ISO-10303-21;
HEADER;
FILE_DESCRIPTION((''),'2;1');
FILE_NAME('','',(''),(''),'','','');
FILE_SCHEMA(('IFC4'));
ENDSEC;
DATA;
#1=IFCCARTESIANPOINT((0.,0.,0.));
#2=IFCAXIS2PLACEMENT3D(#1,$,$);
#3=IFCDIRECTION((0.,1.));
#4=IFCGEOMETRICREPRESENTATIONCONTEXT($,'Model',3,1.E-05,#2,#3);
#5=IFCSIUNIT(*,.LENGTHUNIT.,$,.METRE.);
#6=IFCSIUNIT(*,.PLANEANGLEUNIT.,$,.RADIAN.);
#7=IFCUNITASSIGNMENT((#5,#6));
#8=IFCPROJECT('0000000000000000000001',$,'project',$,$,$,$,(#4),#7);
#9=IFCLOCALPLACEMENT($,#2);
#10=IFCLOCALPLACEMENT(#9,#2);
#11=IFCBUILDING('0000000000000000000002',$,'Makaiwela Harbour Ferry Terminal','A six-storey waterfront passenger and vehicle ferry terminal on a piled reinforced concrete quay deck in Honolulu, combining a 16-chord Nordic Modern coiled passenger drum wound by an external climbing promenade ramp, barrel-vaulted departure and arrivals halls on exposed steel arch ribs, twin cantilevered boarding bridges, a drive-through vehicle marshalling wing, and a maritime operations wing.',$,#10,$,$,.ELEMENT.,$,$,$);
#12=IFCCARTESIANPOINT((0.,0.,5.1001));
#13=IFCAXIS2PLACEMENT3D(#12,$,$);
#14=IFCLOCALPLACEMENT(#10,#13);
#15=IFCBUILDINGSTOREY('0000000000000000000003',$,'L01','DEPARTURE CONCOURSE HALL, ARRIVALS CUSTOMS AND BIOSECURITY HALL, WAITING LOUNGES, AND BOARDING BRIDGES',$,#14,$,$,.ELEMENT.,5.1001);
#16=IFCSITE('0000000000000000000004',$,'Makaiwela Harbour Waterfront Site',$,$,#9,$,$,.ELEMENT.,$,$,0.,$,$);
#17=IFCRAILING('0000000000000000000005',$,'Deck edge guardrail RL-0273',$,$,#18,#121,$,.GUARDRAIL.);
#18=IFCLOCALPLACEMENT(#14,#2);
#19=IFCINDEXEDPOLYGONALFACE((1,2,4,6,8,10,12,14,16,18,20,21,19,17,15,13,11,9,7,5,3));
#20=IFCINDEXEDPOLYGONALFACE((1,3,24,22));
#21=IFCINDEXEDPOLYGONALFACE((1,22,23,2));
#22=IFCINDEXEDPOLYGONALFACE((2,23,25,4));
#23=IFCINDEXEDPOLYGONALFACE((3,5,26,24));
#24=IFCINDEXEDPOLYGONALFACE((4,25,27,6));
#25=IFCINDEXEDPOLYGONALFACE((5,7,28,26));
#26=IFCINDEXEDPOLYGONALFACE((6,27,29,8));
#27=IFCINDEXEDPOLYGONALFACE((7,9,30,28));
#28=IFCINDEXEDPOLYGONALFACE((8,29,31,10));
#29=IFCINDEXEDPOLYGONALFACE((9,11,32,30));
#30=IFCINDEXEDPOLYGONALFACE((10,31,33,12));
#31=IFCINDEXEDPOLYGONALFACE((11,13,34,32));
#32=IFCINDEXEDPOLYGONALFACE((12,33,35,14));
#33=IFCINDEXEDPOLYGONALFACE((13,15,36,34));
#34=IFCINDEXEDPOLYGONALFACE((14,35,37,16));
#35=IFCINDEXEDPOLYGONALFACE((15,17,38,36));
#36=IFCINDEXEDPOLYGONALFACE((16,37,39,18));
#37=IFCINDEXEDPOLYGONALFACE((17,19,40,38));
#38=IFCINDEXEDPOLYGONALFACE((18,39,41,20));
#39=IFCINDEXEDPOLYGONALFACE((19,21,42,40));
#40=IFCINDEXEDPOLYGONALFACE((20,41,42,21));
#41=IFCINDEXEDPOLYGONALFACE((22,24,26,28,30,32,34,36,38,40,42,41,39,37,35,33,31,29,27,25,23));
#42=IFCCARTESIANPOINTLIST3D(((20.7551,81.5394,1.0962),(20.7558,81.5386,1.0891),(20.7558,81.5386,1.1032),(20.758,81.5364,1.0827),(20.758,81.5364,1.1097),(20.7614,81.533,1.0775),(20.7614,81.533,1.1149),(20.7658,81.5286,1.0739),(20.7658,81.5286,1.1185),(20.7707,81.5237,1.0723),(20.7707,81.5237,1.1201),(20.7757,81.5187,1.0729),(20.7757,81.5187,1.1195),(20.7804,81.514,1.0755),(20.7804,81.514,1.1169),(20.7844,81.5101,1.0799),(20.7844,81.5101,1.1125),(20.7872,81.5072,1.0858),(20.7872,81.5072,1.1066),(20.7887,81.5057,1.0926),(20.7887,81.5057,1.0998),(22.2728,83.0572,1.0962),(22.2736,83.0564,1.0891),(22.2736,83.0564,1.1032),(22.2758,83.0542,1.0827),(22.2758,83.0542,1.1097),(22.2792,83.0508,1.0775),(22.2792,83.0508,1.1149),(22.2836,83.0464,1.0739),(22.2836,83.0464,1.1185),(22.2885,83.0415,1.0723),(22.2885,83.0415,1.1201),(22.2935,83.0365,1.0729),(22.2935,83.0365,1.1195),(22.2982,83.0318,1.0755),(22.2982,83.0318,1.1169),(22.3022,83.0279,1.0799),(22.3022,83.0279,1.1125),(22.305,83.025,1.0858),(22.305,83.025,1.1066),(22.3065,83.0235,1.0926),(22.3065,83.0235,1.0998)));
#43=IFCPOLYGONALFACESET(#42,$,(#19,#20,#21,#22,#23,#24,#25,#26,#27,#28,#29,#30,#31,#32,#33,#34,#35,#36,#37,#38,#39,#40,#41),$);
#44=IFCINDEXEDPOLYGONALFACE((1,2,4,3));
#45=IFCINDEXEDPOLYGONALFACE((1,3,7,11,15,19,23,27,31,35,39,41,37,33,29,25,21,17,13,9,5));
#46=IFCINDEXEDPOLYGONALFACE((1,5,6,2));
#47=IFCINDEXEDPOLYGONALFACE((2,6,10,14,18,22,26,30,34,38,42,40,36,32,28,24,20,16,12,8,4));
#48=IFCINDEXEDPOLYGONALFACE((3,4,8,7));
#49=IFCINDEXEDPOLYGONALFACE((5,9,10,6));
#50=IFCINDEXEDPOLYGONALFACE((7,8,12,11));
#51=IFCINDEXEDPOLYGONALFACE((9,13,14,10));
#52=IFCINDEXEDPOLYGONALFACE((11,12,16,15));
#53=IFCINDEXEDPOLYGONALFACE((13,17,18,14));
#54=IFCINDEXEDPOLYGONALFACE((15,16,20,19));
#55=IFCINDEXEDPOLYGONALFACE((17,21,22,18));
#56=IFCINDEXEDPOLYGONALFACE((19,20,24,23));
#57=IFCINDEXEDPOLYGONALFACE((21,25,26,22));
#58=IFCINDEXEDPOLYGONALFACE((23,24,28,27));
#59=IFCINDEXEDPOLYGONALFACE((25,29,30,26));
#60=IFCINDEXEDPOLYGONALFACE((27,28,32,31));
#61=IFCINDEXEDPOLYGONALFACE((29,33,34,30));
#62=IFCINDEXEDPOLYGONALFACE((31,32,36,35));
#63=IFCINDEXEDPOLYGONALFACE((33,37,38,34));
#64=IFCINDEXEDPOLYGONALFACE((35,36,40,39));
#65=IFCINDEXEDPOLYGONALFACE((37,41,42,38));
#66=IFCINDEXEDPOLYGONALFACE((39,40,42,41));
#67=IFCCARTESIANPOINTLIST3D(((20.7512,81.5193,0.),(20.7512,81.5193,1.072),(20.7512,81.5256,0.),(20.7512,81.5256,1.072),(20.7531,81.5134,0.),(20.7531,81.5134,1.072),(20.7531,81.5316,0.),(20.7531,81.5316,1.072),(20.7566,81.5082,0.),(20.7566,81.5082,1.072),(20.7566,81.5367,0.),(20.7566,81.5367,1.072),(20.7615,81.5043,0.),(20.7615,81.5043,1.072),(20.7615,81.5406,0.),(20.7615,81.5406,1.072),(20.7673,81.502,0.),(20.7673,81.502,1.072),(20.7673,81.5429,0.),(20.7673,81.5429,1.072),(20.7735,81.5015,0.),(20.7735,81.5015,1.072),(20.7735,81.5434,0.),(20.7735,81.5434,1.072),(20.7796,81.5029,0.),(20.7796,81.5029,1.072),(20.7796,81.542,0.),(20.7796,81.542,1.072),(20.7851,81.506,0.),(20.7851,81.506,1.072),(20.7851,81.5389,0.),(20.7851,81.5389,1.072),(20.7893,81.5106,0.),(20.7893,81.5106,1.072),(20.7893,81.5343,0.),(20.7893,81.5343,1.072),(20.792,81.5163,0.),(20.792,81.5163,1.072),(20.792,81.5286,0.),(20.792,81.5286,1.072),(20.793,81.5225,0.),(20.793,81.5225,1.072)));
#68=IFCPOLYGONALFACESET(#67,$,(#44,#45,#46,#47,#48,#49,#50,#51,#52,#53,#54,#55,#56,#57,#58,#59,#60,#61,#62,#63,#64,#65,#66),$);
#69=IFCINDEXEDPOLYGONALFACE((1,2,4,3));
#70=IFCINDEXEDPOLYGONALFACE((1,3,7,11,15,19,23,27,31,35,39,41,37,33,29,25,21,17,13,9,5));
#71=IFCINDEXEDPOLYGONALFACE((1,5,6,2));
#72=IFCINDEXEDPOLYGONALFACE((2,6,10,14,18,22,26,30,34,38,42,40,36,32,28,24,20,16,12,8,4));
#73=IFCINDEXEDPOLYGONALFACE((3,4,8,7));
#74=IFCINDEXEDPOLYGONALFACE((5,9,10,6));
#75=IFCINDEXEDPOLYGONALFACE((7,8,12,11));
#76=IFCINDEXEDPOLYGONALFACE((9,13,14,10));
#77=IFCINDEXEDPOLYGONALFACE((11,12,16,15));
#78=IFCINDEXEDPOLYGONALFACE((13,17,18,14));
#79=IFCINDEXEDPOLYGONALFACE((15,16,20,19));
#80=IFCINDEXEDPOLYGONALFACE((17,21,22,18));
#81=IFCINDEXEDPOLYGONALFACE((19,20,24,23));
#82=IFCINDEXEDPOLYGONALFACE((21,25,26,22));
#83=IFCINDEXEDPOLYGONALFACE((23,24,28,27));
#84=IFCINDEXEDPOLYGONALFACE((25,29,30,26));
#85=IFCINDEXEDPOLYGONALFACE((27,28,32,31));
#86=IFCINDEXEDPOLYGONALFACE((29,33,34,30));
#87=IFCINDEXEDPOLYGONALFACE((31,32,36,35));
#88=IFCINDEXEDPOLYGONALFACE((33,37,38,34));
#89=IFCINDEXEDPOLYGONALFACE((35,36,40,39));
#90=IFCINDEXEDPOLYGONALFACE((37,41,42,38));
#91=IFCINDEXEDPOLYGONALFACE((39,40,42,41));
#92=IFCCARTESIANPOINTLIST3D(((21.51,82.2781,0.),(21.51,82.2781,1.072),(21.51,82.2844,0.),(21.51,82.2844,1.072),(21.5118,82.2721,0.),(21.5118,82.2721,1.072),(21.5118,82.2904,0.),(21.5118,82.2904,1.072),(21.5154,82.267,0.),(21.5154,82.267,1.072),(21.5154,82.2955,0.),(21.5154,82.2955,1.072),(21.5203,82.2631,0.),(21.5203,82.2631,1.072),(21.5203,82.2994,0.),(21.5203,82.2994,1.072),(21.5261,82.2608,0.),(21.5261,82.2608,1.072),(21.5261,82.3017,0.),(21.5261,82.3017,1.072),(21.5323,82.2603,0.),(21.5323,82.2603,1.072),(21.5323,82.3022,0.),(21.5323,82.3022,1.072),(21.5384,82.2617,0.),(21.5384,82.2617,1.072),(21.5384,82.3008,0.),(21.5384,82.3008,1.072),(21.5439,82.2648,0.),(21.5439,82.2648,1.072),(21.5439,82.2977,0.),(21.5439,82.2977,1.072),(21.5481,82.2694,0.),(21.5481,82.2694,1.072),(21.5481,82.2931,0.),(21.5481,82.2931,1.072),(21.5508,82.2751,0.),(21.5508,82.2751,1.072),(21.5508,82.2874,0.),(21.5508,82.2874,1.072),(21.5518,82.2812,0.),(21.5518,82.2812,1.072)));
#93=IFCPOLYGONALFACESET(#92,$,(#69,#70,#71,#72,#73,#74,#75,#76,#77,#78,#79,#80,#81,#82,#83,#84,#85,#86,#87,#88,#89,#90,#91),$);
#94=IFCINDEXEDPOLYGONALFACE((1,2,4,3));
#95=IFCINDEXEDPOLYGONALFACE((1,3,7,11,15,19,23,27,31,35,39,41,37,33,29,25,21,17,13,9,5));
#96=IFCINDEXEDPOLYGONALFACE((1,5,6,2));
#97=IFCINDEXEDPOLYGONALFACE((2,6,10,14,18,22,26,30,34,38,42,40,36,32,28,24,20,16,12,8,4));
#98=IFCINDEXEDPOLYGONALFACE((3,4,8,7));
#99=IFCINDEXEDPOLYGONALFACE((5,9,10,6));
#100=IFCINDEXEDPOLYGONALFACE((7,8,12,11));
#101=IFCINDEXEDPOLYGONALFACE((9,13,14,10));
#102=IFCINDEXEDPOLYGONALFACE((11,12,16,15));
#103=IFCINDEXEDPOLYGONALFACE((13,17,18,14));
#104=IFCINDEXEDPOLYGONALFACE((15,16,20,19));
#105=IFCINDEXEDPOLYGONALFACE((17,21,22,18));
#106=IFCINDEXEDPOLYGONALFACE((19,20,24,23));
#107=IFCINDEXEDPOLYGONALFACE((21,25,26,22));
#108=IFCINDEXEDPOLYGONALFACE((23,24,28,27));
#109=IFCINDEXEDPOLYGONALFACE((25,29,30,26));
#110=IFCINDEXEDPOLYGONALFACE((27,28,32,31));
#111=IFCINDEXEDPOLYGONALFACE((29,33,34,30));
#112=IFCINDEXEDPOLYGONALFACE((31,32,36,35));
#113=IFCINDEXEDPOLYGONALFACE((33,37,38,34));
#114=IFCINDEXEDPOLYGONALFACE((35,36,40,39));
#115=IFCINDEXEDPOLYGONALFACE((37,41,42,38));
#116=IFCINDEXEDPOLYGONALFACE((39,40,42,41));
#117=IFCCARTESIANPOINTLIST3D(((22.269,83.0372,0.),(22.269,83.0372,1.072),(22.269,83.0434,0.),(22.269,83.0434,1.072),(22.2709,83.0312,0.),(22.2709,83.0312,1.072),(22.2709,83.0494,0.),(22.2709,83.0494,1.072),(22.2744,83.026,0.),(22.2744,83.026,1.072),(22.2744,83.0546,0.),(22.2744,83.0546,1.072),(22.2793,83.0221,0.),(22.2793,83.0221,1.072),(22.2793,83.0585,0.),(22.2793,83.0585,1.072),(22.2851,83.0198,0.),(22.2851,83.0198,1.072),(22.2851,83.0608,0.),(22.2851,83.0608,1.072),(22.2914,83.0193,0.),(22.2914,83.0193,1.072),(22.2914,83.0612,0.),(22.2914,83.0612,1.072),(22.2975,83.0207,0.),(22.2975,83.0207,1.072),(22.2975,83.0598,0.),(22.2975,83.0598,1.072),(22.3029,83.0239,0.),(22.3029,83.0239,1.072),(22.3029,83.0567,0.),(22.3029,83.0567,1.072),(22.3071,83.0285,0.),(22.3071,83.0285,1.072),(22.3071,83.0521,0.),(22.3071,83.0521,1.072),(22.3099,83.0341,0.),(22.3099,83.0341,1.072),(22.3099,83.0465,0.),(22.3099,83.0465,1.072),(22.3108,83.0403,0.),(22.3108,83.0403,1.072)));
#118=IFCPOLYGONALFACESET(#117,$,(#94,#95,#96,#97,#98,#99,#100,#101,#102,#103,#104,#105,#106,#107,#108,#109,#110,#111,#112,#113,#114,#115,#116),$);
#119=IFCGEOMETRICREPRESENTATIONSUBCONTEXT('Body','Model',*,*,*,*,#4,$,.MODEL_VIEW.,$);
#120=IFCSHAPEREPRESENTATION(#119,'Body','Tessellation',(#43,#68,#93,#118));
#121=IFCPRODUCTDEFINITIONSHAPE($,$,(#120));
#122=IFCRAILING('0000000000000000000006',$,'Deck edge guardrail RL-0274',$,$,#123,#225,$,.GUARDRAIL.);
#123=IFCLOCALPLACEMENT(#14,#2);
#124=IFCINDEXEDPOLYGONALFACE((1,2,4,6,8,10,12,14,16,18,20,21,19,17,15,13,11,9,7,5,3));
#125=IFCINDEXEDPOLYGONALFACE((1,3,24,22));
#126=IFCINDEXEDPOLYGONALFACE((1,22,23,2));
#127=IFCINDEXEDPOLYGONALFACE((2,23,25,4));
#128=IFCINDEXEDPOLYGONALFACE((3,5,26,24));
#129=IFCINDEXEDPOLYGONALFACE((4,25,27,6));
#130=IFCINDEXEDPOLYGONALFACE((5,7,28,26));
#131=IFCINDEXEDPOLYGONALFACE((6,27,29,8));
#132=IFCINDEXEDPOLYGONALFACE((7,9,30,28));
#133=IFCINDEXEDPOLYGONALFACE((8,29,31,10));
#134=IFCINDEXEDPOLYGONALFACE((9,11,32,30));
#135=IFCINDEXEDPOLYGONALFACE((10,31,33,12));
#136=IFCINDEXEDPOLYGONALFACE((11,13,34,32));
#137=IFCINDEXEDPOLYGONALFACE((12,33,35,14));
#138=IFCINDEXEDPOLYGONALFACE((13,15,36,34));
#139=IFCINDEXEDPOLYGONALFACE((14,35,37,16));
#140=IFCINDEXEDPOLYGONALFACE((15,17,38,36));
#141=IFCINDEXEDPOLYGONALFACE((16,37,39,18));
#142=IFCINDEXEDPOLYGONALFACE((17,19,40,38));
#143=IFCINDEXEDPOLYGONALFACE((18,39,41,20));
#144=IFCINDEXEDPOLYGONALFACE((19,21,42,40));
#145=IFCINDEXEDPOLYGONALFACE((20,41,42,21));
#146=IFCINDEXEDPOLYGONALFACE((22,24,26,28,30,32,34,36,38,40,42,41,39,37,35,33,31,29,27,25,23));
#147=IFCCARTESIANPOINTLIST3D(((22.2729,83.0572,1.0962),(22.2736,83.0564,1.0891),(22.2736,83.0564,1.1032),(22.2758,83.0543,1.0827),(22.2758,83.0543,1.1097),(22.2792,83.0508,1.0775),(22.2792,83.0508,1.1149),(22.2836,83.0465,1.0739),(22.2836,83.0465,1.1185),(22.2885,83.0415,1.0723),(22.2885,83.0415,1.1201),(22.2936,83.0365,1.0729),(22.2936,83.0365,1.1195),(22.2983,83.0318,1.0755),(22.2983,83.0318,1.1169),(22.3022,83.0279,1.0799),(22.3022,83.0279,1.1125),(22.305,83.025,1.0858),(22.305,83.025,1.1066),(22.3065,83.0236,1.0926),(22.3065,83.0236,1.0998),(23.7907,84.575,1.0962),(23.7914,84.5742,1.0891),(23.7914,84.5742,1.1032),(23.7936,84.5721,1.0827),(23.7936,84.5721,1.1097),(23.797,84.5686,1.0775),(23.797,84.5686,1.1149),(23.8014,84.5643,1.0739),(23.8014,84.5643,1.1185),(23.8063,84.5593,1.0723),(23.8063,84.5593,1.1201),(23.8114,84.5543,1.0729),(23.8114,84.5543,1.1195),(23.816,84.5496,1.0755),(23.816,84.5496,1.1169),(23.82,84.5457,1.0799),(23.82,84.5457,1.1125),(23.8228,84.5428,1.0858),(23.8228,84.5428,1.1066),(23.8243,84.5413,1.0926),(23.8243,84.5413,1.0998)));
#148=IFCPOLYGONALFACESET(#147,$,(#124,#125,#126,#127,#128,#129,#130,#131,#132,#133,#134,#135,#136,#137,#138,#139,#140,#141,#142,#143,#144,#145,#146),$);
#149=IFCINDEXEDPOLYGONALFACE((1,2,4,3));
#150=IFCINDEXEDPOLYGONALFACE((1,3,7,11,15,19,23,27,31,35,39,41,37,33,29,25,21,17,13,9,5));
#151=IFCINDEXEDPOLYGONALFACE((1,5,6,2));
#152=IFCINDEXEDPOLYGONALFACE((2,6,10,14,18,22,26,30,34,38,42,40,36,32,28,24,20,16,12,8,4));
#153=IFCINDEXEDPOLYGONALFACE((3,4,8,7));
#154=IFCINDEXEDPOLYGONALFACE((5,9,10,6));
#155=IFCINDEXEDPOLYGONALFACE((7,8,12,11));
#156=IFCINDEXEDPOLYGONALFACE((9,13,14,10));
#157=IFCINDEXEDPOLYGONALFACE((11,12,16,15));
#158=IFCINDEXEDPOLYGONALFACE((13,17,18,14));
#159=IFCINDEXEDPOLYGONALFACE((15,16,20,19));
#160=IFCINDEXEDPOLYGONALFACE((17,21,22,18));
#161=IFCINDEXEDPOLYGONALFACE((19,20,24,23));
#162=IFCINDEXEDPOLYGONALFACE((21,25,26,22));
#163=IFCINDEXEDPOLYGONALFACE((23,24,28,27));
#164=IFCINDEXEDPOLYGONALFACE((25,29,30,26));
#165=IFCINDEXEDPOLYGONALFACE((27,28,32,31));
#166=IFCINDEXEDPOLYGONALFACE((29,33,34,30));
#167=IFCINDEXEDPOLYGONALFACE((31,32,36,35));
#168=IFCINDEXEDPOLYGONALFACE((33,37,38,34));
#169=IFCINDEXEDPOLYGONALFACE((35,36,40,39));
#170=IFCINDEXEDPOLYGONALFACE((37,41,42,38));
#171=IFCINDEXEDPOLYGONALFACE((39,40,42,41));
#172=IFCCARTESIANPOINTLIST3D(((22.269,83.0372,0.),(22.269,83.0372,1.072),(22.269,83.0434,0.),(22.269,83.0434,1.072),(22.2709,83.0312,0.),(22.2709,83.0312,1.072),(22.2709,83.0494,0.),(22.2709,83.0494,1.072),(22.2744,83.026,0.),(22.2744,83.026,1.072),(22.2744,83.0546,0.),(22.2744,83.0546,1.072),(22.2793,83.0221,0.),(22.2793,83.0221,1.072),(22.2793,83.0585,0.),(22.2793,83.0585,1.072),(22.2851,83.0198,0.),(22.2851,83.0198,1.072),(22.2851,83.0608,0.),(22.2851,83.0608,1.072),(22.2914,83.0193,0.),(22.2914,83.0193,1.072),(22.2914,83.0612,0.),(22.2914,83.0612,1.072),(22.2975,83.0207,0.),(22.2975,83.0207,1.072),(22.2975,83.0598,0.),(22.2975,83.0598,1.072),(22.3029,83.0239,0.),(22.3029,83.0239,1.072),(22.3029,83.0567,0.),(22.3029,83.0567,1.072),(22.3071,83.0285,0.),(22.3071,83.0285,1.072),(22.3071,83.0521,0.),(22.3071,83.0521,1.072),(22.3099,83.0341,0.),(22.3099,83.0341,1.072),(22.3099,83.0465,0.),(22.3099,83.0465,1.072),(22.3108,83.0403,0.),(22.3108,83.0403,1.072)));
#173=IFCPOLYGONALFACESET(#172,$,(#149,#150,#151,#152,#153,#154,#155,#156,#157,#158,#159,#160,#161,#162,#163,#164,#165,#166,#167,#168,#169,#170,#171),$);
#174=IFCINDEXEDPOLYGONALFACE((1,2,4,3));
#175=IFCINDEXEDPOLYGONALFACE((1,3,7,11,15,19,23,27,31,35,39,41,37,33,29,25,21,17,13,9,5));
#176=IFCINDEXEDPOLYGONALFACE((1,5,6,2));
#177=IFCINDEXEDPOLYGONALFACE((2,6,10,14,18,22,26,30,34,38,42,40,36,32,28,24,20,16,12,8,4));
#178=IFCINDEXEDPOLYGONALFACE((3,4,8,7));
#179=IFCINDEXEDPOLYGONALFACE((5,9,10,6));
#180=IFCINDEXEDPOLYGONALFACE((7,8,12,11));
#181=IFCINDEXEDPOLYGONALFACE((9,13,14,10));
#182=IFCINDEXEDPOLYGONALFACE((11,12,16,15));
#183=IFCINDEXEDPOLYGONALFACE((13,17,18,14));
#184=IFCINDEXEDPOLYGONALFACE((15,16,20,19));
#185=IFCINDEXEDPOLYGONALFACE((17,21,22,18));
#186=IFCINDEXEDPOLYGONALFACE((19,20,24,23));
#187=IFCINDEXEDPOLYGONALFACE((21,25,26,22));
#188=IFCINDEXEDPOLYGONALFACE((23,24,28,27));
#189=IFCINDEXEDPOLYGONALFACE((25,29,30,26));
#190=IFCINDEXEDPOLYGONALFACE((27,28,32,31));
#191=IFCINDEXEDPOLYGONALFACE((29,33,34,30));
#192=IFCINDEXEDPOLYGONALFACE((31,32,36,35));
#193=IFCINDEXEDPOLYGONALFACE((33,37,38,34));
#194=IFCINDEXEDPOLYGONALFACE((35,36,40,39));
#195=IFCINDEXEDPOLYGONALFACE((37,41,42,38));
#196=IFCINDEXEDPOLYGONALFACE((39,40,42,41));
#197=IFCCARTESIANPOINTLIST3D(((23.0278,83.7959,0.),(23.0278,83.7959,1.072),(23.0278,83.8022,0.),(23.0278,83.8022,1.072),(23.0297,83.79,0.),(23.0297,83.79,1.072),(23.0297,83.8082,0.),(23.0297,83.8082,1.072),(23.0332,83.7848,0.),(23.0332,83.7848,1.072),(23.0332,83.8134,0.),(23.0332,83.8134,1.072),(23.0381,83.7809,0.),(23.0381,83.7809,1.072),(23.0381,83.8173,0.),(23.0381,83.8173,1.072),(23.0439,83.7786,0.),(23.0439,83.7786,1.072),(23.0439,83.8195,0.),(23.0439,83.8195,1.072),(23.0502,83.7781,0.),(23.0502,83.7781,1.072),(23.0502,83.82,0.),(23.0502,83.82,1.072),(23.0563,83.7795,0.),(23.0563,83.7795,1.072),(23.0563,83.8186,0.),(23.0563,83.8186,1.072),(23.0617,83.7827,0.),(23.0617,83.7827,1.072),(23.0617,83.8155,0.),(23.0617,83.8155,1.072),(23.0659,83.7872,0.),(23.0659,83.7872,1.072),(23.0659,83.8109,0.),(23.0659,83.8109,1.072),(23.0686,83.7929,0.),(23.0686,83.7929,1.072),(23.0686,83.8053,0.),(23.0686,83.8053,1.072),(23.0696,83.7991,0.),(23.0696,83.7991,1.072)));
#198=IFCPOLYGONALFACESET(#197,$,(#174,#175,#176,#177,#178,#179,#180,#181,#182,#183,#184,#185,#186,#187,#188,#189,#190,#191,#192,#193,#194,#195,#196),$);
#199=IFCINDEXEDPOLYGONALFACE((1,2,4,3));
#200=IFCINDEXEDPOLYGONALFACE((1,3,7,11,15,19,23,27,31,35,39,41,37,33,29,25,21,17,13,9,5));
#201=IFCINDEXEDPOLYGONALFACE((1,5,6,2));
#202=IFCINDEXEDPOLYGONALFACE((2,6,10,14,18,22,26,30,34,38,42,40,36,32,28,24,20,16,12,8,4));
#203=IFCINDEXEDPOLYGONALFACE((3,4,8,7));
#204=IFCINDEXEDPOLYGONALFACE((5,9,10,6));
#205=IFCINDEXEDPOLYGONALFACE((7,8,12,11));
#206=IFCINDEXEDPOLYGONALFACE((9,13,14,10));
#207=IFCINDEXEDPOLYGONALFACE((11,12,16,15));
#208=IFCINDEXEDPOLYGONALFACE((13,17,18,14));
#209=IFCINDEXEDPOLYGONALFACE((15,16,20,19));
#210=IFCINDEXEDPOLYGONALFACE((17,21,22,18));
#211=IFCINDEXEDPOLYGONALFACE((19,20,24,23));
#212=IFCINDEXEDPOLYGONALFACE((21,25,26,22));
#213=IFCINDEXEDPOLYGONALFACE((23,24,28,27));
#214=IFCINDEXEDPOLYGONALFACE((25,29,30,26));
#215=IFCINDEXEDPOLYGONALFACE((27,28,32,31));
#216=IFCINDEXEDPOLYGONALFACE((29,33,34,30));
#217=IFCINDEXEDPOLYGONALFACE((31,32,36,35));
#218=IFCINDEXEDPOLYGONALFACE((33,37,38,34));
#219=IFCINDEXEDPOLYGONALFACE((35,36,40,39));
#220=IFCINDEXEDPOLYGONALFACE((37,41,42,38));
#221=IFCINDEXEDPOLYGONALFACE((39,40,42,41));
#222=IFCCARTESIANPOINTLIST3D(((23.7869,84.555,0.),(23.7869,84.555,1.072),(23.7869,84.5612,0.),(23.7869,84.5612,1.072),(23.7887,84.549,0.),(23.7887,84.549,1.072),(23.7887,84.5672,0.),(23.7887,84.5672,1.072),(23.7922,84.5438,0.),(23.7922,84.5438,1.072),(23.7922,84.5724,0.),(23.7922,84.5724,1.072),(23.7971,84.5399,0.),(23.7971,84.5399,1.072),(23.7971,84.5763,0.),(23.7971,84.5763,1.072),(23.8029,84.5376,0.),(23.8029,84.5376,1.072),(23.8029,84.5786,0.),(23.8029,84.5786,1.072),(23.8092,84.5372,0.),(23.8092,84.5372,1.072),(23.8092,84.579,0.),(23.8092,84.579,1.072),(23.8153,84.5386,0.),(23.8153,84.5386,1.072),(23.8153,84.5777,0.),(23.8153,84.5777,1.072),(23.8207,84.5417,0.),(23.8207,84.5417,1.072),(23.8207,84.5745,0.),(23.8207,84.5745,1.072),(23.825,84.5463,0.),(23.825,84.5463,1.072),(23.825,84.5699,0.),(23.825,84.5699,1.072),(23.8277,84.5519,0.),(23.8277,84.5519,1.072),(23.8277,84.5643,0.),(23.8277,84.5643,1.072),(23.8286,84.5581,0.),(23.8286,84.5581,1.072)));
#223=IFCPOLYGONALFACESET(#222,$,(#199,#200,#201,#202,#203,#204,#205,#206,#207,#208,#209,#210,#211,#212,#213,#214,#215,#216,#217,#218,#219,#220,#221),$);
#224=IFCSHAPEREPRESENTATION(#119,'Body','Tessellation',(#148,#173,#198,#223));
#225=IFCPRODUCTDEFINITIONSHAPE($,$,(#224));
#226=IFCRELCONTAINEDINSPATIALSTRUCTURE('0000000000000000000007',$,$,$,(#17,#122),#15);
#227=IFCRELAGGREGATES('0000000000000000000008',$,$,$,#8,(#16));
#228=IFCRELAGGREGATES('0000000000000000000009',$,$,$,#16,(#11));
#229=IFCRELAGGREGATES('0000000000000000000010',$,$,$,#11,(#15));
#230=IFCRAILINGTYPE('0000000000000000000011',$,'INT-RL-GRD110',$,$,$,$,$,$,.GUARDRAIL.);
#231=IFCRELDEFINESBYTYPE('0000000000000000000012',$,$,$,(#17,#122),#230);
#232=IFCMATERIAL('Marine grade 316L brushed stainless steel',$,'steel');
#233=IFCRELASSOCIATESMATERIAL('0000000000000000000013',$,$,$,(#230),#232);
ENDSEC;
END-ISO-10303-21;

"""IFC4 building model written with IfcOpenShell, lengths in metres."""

from ifc_helpers import new_model, si_unit, direction, frame, origin, origin_2d, place, context, subcontext, project, spatial, circle, extrude, material, type_object, element, save


model = new_model("IFC4")

# Units and contexts
model_context = context("Model", 3, precision=1e-05, world=origin(), true_north=direction((0.0, 1.0)))
body_context = subcontext(model_context, "Body", "Model", "MODEL_VIEW")
ifc_project = project(units=[si_unit("LENGTHUNIT", "METRE"), si_unit("PLANEANGLEUNIT", "RADIAN")], contexts=[model_context])

# Site, building, storey
site_placement = place(None, origin())
site = spatial("IfcSite", under=ifc_project, at=site_placement, Name="Makaiwela Harbour Waterfront Site", CompositionType="ELEMENT", RefElevation=0.0)
building_placement = place(site_placement, origin())
building = spatial("IfcBuilding", under=site, at=building_placement, Name="Makaiwela Harbour Ferry Terminal", Description="A six-storey waterfront passenger and vehicle ferry terminal on a piled reinforced concrete quay deck in Honolulu, combining a 16-chord Nordic Modern coiled passenger drum wound by an external climbing promenade ramp, barrel-vaulted departure and arrivals halls on exposed steel arch ribs, twin cantilevered boarding bridges, a drive-through vehicle marshalling wing, and a maritime operations wing.", CompositionType="ELEMENT")
storey_placement = place(building_placement, frame((0.0, 0.0, 5.1001)))
storey = spatial("IfcBuildingStorey", under=building, at=storey_placement, Name="L01", Description="DEPARTURE CONCOURSE HALL, ARRIVALS CUSTOMS AND BIOSECURITY HALL, WAITING LOUNGES, AND BOARDING BRIDGES", CompositionType="ELEMENT", Elevation=5.1001)

# Railings
ifc_material_1 = material(Name="Marine grade 316L brushed stainless steel", Category="steel")
railing_type_1 = type_object("IfcRailingType", Name="INT-RL-GRD110", PredefinedType="GUARDRAIL", material=ifc_material_1)
for number, where, name in (
    (1, (20.772, 81.5225, 0.0), "Deck edge guardrail RL-0273"),
    (2, (22.2898, 83.0403, 0.0), "Deck edge guardrail RL-0274"),
):
    element("IfcRailing", number, at=place(storey_placement, frame(where)), inside=storey, type_object=railing_type_1, Name=name, PredefinedType="GUARDRAIL", context=body_context, shape_type="SweptSolid", body=[
        extrude(circle(Radius=0.0239, at=origin_2d()), frame((0.0, 0.0, 1.0962), z_axis=(0.707107, 0.707107, 0.0), x_axis=(-0.707107, 0.707107, 0.0)), (0.0, 0.0, 1.0), 2.1465),
        extrude(circle(Radius=0.021, at=origin_2d()), origin(), (0.0, 0.0, 1.0), 1.072),
        extrude(circle(Radius=0.021, at=origin_2d()), frame((0.7588, 0.7588, 0.0)), (0.0, 0.0, 1.0), 1.072),
        extrude(circle(Radius=0.021, at=origin_2d()), frame((1.5178, 1.5178, 0.0)), (0.0, 0.0, 1.0), 1.072),
    ])

save(model, "model.ifc")
